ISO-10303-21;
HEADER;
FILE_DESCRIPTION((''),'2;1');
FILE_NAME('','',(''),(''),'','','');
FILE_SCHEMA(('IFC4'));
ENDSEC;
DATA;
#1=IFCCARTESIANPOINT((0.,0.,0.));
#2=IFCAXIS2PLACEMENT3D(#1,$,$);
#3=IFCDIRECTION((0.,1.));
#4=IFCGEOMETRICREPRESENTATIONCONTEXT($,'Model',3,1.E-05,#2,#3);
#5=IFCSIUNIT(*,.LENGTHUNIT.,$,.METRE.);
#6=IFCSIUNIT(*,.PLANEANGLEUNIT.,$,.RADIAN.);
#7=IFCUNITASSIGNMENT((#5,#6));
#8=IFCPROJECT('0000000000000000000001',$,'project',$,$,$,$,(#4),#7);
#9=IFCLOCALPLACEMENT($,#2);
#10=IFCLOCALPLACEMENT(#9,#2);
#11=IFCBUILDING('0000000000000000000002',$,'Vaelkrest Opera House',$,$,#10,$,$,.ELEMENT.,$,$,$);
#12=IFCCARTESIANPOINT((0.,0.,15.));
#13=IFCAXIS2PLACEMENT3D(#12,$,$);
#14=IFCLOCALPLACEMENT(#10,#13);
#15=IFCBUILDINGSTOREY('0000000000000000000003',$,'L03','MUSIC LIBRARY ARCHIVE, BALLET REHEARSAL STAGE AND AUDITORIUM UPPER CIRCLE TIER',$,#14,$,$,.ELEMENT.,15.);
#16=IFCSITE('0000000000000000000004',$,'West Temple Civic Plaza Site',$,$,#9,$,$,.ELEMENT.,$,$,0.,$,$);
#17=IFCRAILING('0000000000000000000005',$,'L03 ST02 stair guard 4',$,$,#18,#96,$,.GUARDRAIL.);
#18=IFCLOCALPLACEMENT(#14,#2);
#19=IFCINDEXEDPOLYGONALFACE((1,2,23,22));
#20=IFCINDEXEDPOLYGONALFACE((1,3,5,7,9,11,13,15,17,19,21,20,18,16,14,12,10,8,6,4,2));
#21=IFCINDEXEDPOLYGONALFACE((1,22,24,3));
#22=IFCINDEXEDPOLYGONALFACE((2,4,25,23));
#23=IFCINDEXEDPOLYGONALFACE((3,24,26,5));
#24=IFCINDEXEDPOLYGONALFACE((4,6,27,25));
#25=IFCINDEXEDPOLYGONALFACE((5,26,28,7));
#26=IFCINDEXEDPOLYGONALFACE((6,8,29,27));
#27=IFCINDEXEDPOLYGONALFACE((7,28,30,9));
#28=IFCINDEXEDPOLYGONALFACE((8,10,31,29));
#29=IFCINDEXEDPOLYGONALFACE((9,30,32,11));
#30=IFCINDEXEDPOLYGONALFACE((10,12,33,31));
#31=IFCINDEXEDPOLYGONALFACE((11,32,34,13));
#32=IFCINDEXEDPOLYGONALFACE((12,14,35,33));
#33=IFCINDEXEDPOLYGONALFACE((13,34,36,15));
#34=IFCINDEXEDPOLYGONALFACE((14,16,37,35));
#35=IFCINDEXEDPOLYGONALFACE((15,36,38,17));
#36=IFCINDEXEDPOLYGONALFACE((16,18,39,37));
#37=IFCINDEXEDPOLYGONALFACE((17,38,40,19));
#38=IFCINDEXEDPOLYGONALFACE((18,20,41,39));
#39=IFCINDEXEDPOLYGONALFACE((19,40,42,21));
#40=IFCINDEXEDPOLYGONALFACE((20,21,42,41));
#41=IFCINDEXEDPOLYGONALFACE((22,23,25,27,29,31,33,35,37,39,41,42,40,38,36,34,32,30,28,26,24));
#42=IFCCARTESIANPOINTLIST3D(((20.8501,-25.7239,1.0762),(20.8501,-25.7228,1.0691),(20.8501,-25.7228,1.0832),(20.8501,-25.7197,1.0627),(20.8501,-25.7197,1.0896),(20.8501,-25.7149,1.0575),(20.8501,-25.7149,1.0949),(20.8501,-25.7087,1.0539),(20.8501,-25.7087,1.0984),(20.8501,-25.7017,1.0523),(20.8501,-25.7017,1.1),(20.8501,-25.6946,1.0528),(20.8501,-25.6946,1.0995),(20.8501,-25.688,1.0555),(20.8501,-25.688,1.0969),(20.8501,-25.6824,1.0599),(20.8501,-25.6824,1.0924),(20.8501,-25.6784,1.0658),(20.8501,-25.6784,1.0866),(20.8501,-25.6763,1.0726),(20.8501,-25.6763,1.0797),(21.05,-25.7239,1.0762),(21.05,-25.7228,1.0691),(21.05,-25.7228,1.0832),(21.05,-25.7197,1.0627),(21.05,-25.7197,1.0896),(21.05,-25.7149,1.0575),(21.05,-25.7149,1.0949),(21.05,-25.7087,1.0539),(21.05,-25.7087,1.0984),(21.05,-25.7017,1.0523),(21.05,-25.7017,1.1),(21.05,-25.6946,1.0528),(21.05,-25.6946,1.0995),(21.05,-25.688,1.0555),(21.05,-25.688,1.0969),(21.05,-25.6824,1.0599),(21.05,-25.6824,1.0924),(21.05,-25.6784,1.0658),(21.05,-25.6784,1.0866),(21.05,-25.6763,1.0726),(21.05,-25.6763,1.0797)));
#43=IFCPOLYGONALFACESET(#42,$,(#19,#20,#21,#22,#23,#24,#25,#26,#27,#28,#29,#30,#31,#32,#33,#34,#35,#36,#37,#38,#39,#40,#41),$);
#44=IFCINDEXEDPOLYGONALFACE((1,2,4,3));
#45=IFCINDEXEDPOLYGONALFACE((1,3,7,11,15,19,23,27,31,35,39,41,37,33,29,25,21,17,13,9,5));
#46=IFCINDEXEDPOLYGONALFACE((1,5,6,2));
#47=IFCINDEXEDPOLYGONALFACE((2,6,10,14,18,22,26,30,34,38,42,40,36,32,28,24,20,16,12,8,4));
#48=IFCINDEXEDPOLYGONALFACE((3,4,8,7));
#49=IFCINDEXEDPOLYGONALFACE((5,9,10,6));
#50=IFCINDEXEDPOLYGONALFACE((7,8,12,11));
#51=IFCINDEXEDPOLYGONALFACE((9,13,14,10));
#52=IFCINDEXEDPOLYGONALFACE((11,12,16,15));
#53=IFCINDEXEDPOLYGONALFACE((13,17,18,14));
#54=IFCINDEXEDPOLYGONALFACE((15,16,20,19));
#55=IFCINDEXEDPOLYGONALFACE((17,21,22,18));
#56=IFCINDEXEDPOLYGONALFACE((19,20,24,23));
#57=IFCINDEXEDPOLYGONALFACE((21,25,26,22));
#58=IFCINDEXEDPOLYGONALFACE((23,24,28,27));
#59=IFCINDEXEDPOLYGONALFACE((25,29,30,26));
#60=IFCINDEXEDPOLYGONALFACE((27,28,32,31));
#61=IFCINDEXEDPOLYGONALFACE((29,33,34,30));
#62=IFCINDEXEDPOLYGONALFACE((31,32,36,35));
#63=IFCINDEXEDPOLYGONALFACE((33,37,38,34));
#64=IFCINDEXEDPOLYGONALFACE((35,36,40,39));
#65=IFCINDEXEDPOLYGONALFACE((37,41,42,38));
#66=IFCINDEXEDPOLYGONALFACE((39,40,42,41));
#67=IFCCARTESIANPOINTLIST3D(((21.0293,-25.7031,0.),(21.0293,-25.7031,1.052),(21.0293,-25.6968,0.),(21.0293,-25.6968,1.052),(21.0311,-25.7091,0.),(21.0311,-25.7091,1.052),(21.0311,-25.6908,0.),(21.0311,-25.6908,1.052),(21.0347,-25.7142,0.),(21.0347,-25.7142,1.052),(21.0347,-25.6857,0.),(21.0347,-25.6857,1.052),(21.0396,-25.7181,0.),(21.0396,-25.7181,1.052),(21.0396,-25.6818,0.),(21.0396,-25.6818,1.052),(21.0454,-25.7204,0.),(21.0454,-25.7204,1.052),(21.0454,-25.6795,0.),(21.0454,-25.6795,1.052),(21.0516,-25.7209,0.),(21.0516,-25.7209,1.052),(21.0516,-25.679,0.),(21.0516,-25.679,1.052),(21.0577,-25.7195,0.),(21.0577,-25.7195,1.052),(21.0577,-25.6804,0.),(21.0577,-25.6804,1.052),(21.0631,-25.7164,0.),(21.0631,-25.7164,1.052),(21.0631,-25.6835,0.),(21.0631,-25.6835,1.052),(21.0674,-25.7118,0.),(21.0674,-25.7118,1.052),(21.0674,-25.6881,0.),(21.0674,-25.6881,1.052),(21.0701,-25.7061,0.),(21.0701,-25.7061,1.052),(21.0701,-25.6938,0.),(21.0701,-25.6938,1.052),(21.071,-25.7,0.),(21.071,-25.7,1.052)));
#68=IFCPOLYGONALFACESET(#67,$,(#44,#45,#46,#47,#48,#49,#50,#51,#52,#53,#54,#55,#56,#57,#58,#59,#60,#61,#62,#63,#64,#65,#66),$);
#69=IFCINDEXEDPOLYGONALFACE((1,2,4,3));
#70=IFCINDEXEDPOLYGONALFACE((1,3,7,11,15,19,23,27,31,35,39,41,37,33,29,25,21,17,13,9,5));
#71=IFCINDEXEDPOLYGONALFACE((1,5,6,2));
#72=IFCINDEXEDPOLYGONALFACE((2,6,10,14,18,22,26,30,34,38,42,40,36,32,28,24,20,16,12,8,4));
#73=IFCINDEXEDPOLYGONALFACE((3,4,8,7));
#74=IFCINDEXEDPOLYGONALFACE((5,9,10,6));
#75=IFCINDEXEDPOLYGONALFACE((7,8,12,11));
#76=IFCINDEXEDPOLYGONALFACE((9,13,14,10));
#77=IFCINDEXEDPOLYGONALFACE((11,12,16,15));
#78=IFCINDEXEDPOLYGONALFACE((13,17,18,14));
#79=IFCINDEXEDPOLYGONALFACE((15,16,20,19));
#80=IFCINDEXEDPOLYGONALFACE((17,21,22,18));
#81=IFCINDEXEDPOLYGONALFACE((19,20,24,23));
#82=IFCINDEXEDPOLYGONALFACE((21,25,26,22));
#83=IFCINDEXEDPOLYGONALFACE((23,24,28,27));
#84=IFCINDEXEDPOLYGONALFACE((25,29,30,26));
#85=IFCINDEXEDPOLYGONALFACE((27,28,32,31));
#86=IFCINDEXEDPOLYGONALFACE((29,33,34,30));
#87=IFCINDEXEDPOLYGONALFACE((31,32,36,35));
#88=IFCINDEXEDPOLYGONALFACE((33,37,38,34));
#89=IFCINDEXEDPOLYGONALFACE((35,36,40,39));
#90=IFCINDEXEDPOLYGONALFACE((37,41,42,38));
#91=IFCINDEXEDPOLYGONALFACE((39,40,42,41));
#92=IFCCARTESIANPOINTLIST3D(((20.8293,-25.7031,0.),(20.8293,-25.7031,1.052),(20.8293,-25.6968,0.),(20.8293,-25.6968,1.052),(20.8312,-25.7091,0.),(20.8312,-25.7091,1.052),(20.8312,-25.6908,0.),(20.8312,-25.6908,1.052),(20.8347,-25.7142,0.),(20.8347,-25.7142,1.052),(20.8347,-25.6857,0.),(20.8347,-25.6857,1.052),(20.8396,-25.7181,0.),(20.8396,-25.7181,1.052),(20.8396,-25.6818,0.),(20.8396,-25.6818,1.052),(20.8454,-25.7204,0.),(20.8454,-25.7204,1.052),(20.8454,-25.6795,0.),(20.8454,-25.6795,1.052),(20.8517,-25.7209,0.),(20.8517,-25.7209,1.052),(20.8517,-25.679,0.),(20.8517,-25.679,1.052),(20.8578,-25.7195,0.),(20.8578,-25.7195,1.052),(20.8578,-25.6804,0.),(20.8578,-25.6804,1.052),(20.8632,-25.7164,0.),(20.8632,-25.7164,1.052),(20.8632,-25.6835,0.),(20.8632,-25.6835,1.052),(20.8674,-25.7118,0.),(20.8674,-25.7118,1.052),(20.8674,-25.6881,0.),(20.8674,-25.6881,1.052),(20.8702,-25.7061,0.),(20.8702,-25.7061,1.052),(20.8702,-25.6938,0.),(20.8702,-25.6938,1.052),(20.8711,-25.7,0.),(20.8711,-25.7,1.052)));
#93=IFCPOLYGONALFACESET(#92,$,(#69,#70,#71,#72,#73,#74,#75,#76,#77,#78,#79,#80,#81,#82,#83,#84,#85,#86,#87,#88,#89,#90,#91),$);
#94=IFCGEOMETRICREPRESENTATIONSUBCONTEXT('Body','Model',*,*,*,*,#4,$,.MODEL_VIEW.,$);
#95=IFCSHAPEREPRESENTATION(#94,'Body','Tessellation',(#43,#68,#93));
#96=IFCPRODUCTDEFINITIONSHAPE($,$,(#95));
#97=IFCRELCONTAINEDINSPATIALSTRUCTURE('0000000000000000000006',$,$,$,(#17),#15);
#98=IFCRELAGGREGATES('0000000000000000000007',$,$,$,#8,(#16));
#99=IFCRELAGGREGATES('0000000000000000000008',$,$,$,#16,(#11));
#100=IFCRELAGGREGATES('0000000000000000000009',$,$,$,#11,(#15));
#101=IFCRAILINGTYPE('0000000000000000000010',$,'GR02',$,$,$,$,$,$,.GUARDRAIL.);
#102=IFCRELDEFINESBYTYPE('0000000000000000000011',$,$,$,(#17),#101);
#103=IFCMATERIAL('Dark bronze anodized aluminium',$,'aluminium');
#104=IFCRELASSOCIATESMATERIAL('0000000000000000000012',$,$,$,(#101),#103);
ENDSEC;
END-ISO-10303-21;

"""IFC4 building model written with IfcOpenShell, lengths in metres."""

from ifc_helpers import new_model, si_unit, direction, frame, origin, origin_2d, place, context, subcontext, project, spatial, circle, extrude, material, type_object, element, save


model = new_model("IFC4")

# Units and contexts
model_context = context("Model", 3, precision=1e-05, world=origin(), true_north=direction((0.0, 1.0)))
body_context = subcontext(model_context, "Body", "Model", "MODEL_VIEW")
ifc_project = project(units=[si_unit("LENGTHUNIT", "METRE"), si_unit("PLANEANGLEUNIT", "RADIAN")], contexts=[model_context])

# Site, building, storey
site_placement = place(None, origin())
site = spatial("IfcSite", under=ifc_project, at=site_placement, Name="West Temple Civic Plaza Site", CompositionType="ELEMENT", RefElevation=0.0)
building_placement = place(site_placement, origin())
building = spatial("IfcBuilding", under=site, at=building_placement, Name="Vaelkrest Opera House", CompositionType="ELEMENT")
storey_placement = place(building_placement, frame((0.0, 0.0, 15.0)))
storey = spatial("IfcBuildingStorey", under=building, at=storey_placement, Name="L03", Description="MUSIC LIBRARY ARCHIVE, BALLET REHEARSAL STAGE AND AUDITORIUM UPPER CIRCLE TIER", CompositionType="ELEMENT", Elevation=15.0)

# Shared definitions
ifc_material_1 = material(Name="Dark bronze anodized aluminium", Category="aluminium")

# Railing
railing_type_1 = type_object("IfcRailingType", Name="GR02", PredefinedType="GUARDRAIL", material=ifc_material_1)
railing_1_placement = place(storey_placement, frame((21.05, -25.7, 0.0)))
element("IfcRailing", 1, at=railing_1_placement, inside=storey, type_object=railing_type_1, Name="L03 ST02 stair guard 4", PredefinedType="GUARDRAIL", context=body_context, shape_type="SweptSolid", body=[
    extrude(circle(Radius=0.0239, at=origin_2d()), frame((0.0, 0.0, 1.0762), z_axis=(-1.0, 0.0, 0.0), x_axis=(0.0, -1.0, 0.0)), (0.0, 0.0, 1.0), 0.2),
    extrude(circle(Radius=0.021, at=origin_2d()), origin(), (0.0, 0.0, 1.0), 1.052),
    extrude(circle(Radius=0.021, at=origin_2d()), frame((-0.2, 0.0, 0.0)), (0.0, 0.0, 1.0), 1.052),
])

save(model, "model.ifc")
